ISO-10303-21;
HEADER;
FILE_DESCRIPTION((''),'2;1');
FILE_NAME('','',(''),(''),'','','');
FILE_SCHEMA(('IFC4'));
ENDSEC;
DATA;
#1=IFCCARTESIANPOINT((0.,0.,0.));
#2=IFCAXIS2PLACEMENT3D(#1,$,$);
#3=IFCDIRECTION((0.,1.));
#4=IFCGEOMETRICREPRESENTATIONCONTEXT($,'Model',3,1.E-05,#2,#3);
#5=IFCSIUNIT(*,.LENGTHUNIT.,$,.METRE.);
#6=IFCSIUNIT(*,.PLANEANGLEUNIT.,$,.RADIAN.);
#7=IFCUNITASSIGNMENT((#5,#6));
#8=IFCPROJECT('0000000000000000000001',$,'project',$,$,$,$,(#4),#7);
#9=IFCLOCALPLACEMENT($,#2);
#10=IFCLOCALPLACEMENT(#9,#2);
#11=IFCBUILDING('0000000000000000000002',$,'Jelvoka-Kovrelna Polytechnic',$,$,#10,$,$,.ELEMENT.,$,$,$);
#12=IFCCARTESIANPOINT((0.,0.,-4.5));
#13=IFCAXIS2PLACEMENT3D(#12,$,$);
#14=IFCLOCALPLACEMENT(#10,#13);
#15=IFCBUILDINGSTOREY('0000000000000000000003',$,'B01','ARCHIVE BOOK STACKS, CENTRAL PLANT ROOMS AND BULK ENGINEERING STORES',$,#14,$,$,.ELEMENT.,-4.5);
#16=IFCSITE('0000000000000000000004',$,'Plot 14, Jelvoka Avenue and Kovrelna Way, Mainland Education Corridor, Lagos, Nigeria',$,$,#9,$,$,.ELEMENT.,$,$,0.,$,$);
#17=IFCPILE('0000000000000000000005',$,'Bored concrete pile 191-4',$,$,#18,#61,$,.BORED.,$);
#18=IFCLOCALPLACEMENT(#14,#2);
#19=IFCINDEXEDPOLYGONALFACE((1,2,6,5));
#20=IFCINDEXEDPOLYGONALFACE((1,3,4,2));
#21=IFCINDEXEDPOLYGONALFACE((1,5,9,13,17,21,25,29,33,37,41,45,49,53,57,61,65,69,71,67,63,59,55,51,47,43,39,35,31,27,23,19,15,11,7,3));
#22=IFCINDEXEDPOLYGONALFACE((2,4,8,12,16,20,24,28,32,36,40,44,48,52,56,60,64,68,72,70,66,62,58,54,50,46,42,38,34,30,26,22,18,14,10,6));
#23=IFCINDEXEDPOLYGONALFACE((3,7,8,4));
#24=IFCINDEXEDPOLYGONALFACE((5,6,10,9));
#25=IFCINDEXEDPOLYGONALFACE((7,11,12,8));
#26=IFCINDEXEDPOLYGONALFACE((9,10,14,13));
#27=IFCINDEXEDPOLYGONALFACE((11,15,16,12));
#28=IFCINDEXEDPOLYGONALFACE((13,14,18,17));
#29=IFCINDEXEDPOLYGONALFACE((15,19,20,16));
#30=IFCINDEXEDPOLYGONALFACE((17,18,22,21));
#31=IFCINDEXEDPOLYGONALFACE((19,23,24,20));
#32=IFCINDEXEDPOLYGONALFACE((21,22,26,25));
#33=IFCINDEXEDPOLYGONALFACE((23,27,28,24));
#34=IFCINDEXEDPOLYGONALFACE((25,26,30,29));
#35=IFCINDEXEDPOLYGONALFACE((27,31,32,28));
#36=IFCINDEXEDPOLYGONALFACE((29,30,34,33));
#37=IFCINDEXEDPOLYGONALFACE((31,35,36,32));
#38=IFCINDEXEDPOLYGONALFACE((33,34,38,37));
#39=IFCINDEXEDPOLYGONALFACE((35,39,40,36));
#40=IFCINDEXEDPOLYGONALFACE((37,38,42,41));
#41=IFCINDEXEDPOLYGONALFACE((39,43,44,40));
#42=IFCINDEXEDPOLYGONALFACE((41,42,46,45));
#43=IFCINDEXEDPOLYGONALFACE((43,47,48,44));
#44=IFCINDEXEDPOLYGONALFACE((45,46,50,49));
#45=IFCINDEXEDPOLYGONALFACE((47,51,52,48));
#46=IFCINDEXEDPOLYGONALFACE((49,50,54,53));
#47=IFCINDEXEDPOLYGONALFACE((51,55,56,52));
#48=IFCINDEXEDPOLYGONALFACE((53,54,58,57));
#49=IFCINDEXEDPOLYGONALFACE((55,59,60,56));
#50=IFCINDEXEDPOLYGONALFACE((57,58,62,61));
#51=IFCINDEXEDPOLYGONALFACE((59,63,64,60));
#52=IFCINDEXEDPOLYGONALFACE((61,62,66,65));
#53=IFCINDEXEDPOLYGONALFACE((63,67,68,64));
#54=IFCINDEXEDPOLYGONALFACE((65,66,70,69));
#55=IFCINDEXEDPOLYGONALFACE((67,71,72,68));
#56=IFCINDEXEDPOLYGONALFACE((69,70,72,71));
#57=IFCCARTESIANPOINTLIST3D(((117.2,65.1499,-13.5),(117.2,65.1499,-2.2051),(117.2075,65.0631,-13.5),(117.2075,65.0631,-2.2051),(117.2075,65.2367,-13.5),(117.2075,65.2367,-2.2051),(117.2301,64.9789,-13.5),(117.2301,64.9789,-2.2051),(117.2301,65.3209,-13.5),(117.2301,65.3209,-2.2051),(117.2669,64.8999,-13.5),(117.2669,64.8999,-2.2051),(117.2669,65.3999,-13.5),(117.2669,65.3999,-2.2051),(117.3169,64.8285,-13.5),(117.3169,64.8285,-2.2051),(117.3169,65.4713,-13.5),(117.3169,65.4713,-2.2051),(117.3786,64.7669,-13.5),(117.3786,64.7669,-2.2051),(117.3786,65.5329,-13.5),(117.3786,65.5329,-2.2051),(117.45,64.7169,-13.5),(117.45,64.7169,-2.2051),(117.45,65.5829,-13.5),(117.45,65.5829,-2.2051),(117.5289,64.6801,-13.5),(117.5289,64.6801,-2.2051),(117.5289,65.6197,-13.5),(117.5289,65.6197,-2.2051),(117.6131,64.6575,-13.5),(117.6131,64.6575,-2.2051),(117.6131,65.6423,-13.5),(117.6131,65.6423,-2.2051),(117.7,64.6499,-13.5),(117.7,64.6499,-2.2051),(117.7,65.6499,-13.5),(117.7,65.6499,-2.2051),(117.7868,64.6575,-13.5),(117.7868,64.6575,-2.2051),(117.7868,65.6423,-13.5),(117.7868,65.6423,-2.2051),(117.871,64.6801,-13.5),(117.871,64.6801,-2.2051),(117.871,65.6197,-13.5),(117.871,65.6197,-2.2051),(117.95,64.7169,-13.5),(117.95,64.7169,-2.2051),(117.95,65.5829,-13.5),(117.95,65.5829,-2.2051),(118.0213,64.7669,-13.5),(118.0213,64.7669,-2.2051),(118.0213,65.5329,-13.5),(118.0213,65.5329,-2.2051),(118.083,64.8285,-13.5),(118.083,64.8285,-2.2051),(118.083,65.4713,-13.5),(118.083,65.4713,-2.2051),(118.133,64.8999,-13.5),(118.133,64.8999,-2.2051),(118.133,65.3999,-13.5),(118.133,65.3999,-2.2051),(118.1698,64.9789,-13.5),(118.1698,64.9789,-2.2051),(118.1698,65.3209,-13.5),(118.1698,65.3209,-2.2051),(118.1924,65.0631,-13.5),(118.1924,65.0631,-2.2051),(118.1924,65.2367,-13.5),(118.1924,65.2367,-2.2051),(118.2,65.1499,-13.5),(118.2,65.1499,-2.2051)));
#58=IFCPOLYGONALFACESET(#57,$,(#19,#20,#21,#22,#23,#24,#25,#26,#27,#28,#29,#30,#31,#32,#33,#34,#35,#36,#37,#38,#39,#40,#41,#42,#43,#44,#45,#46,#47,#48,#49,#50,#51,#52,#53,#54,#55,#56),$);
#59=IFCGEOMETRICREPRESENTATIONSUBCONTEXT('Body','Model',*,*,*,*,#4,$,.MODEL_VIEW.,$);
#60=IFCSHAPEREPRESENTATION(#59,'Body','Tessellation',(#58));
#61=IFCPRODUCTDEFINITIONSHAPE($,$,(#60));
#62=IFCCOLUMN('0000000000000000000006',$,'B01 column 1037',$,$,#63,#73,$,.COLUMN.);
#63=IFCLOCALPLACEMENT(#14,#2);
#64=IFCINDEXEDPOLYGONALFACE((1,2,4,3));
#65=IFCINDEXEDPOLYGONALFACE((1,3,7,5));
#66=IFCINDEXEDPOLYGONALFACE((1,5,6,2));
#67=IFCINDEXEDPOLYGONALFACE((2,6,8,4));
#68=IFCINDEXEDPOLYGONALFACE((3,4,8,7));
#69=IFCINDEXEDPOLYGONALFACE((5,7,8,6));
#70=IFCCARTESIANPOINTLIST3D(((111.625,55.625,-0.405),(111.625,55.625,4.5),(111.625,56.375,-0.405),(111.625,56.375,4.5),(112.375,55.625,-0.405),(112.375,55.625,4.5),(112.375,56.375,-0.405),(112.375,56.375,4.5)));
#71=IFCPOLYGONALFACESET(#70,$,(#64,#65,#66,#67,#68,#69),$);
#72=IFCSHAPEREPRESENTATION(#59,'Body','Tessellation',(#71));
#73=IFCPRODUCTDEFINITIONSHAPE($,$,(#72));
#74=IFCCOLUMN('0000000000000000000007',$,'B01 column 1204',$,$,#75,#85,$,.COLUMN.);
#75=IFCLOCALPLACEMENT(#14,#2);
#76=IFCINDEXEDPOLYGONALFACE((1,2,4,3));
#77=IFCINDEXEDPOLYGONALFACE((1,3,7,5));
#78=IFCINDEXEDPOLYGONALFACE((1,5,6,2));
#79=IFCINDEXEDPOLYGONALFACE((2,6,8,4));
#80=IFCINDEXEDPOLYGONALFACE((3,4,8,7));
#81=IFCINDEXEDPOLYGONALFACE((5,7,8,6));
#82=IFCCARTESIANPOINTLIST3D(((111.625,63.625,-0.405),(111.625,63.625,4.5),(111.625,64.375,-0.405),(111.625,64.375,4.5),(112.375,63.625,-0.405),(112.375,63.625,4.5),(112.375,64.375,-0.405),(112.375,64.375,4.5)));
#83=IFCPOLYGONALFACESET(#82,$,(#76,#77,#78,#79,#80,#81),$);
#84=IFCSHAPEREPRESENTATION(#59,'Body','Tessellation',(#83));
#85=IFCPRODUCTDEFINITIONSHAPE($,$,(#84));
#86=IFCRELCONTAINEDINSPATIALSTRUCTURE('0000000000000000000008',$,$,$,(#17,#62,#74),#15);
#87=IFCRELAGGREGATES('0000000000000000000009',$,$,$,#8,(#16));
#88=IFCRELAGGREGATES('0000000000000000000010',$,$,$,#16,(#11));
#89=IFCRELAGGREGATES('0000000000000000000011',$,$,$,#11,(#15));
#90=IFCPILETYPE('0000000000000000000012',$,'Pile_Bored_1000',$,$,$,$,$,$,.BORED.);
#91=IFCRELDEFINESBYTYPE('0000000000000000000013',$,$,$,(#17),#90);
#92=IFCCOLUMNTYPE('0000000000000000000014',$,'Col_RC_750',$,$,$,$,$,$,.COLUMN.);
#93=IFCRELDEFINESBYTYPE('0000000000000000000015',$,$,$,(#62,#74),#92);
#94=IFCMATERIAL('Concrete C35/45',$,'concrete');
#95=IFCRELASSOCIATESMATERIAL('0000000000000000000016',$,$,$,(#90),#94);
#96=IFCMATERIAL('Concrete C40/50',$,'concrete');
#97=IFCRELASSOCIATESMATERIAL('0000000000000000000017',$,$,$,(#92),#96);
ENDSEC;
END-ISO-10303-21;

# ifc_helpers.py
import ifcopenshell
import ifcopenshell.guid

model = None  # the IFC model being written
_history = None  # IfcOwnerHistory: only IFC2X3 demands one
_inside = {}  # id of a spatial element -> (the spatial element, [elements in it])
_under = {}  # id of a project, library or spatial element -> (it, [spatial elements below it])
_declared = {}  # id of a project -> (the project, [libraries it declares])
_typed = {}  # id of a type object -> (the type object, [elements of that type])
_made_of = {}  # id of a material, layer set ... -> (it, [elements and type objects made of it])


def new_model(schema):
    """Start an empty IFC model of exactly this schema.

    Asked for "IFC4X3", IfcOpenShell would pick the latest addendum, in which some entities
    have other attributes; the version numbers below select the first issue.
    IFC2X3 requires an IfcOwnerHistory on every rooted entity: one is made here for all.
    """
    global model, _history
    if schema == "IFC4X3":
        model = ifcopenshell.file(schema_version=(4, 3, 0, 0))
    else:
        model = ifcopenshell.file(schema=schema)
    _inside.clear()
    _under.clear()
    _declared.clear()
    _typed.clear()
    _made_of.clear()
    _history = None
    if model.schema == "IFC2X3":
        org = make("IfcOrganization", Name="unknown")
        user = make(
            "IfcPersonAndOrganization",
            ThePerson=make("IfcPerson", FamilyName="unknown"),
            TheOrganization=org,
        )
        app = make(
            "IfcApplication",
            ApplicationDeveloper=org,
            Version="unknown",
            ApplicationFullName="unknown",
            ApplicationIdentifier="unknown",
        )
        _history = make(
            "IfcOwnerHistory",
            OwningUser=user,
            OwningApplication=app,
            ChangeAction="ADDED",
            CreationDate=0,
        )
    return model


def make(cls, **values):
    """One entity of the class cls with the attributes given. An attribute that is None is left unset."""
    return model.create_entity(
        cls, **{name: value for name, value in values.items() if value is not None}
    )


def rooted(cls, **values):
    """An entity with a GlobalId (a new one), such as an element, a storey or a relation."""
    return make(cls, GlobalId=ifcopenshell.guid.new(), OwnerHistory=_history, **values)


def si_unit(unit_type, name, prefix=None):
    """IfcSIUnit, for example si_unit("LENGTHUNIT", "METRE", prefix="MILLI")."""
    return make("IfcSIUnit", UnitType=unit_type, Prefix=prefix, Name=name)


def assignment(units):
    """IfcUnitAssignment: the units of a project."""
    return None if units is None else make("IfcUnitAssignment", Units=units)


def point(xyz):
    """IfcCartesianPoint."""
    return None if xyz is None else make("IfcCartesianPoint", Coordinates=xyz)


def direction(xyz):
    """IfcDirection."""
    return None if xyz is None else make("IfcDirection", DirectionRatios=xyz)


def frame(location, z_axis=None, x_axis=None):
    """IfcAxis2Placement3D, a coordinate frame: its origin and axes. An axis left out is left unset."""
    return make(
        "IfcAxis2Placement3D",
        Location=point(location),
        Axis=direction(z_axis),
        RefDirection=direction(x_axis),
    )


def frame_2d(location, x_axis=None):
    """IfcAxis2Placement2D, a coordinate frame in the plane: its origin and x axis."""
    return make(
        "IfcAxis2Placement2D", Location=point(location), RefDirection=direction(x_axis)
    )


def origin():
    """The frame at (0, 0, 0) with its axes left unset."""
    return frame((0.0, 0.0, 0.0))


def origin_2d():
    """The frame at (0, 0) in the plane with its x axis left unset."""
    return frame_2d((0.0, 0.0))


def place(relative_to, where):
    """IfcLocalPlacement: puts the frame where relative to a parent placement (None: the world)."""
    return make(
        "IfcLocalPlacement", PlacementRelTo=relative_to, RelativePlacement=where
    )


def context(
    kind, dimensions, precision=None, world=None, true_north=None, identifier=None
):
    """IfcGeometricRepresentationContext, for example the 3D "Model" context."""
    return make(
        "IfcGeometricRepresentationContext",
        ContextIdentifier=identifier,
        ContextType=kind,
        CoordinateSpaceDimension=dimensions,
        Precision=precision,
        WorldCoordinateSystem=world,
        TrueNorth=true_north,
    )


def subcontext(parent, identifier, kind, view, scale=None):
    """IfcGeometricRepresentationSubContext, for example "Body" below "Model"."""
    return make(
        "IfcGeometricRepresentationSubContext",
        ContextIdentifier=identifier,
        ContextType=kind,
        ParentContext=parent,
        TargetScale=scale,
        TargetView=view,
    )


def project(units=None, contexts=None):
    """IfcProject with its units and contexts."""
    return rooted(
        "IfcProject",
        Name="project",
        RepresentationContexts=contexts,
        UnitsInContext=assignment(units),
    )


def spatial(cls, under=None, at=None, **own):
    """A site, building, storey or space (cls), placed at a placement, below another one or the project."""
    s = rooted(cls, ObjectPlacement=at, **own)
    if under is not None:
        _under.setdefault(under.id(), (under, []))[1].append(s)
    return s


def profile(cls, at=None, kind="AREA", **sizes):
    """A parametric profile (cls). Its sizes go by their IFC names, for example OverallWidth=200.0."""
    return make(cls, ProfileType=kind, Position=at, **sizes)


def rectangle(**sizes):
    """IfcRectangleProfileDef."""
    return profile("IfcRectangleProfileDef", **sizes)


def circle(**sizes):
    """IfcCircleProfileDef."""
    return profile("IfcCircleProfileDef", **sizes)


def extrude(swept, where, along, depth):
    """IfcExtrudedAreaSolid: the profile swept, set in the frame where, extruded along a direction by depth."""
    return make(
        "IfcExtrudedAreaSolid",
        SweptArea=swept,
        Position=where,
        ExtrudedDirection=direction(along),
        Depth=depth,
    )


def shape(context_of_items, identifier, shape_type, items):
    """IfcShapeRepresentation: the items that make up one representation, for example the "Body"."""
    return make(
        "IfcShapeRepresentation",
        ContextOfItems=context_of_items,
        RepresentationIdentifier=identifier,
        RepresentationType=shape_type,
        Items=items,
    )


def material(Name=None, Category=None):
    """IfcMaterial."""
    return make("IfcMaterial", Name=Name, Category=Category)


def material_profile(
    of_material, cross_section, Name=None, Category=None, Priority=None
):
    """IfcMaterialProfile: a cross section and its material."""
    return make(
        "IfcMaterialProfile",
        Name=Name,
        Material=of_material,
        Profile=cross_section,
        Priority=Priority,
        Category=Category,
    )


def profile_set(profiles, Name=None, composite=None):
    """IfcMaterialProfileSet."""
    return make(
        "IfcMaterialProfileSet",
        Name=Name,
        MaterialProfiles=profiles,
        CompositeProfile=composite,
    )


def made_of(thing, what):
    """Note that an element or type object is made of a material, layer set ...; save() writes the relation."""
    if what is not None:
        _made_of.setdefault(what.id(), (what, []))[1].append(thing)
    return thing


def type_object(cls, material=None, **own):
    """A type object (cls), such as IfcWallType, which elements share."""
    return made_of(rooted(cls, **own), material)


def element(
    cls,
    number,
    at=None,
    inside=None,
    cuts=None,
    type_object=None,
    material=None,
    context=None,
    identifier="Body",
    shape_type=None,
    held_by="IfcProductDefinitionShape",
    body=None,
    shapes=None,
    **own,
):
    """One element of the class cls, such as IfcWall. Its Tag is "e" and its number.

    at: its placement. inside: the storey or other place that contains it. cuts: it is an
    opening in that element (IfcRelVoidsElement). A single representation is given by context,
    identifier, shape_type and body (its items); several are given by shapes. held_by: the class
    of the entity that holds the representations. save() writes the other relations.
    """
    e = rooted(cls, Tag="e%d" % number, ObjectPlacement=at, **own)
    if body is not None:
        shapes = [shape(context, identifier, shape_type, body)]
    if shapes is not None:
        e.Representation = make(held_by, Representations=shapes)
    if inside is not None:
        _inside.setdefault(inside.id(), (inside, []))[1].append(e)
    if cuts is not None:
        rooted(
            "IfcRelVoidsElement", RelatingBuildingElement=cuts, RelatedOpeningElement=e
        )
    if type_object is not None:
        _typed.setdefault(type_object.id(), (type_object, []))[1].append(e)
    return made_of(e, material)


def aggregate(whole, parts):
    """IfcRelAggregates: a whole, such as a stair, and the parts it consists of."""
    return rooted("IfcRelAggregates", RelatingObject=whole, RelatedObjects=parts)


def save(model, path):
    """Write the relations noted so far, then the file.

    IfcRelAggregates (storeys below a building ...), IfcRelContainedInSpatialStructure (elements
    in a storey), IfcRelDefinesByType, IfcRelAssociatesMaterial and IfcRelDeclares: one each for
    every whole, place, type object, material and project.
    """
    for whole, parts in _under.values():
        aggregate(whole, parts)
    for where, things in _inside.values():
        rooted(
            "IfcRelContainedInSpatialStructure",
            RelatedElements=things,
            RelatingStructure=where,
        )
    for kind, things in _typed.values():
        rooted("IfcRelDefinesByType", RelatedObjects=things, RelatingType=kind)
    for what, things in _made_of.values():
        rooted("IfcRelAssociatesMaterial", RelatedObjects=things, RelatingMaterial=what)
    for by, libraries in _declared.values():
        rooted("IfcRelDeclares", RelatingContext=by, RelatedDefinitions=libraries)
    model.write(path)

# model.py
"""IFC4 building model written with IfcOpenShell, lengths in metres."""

from ifc_helpers import new_model, si_unit, direction, frame, origin, origin_2d, place, context, subcontext, project, spatial, rectangle, circle, extrude, material, material_profile, profile_set, type_object, element, save


model = new_model("IFC4")

# Units and contexts
model_context = context("Model", 3, precision=1e-05, world=origin(), true_north=direction((0.0, 1.0)))
body_context = subcontext(model_context, "Body", "Model", "MODEL_VIEW")
ifc_project = project(units=[si_unit("LENGTHUNIT", "METRE"), si_unit("PLANEANGLEUNIT", "RADIAN")], contexts=[model_context])

# Site, building, storey
site_placement = place(None, origin())
site = spatial("IfcSite", under=ifc_project, at=site_placement, Name="Plot 14, Jelvoka Avenue and Kovrelna Way, Mainland Education Corridor, Lagos, Nigeria", CompositionType="ELEMENT", RefElevation=0.0)
building_placement = place(site_placement, origin())
building = spatial("IfcBuilding", under=site, at=building_placement, Name="Jelvoka-Kovrelna Polytechnic", CompositionType="ELEMENT")
storey_placement = place(building_placement, frame((0.0, 0.0, -4.5)))
storey = spatial("IfcBuildingStorey", under=building, at=storey_placement, Name="B01", Description="ARCHIVE BOOK STACKS, CENTRAL PLANT ROOMS AND BULK ENGINEERING STORES", CompositionType="ELEMENT", Elevation=-4.5)

# Pile
ifc_material_1 = material(Name="Concrete C35/45", Category="concrete")
ifc_material_profile_1 = material_profile(ifc_material_1, circle(Radius=0.5, at=origin_2d()), Name="PILE D1000")
ifc_profile_set_1 = profile_set([ifc_material_profile_1], Name="Concrete C35/45")
pile_type = type_object("IfcPileType", Name="Pile_Bored_1000", PredefinedType="BORED", material=ifc_profile_set_1)
for number, where, z_axis, x_axis, name in (
    (1, (117.7, 65.1499, -2.2051), (0.0, 0.0, -1.0), (1.0, 0.0, 0.0), "Bored concrete pile 191-4"),
):
    element("IfcPile", number, at=place(storey_placement, frame(where, z_axis=z_axis, x_axis=x_axis)), inside=storey, type_object=pile_type, Name=name, PredefinedType="BORED", context=body_context, shape_type="SweptSolid", body=[
        extrude(circle(Radius=0.5, at=origin_2d()), origin(), (0.0, 0.0, 1.0), 11.2949),
    ])

# Columns
ifc_material_2 = material(Name="Concrete C40/50", Category="concrete")
ifc_material_profile_2 = material_profile(ifc_material_2, rectangle(XDim=0.75, YDim=0.75, at=origin_2d()), Name="RC 750x750")
ifc_profile_set_2 = profile_set([ifc_material_profile_2], Name="Concrete C40/50")
column_type = type_object("IfcColumnType", Name="Col_RC_750", PredefinedType="COLUMN", material=ifc_profile_set_2)
for number, where, z_axis, x_axis, name in (
    (2, (112.0, 56.0, -0.405), (0.0, 0.0, 1.0), (1.0, 0.0, 0.0), "B01 column 1037"),
    (3, (112.0, 64.0, -0.405), (0.0, 0.0, 1.0), (1.0, 0.0, 0.0), "B01 column 1204"),
):
    element("IfcColumn", number, at=place(storey_placement, frame(where, z_axis=z_axis, x_axis=x_axis)), inside=storey, type_object=column_type, Name=name, PredefinedType="COLUMN", context=body_context, shape_type="SweptSolid", body=[
        extrude(rectangle(XDim=0.75, YDim=0.75, at=origin_2d()), origin(), (0.0, 0.0, 1.0), 4.905),
    ])

save(model, "model.ifc")
